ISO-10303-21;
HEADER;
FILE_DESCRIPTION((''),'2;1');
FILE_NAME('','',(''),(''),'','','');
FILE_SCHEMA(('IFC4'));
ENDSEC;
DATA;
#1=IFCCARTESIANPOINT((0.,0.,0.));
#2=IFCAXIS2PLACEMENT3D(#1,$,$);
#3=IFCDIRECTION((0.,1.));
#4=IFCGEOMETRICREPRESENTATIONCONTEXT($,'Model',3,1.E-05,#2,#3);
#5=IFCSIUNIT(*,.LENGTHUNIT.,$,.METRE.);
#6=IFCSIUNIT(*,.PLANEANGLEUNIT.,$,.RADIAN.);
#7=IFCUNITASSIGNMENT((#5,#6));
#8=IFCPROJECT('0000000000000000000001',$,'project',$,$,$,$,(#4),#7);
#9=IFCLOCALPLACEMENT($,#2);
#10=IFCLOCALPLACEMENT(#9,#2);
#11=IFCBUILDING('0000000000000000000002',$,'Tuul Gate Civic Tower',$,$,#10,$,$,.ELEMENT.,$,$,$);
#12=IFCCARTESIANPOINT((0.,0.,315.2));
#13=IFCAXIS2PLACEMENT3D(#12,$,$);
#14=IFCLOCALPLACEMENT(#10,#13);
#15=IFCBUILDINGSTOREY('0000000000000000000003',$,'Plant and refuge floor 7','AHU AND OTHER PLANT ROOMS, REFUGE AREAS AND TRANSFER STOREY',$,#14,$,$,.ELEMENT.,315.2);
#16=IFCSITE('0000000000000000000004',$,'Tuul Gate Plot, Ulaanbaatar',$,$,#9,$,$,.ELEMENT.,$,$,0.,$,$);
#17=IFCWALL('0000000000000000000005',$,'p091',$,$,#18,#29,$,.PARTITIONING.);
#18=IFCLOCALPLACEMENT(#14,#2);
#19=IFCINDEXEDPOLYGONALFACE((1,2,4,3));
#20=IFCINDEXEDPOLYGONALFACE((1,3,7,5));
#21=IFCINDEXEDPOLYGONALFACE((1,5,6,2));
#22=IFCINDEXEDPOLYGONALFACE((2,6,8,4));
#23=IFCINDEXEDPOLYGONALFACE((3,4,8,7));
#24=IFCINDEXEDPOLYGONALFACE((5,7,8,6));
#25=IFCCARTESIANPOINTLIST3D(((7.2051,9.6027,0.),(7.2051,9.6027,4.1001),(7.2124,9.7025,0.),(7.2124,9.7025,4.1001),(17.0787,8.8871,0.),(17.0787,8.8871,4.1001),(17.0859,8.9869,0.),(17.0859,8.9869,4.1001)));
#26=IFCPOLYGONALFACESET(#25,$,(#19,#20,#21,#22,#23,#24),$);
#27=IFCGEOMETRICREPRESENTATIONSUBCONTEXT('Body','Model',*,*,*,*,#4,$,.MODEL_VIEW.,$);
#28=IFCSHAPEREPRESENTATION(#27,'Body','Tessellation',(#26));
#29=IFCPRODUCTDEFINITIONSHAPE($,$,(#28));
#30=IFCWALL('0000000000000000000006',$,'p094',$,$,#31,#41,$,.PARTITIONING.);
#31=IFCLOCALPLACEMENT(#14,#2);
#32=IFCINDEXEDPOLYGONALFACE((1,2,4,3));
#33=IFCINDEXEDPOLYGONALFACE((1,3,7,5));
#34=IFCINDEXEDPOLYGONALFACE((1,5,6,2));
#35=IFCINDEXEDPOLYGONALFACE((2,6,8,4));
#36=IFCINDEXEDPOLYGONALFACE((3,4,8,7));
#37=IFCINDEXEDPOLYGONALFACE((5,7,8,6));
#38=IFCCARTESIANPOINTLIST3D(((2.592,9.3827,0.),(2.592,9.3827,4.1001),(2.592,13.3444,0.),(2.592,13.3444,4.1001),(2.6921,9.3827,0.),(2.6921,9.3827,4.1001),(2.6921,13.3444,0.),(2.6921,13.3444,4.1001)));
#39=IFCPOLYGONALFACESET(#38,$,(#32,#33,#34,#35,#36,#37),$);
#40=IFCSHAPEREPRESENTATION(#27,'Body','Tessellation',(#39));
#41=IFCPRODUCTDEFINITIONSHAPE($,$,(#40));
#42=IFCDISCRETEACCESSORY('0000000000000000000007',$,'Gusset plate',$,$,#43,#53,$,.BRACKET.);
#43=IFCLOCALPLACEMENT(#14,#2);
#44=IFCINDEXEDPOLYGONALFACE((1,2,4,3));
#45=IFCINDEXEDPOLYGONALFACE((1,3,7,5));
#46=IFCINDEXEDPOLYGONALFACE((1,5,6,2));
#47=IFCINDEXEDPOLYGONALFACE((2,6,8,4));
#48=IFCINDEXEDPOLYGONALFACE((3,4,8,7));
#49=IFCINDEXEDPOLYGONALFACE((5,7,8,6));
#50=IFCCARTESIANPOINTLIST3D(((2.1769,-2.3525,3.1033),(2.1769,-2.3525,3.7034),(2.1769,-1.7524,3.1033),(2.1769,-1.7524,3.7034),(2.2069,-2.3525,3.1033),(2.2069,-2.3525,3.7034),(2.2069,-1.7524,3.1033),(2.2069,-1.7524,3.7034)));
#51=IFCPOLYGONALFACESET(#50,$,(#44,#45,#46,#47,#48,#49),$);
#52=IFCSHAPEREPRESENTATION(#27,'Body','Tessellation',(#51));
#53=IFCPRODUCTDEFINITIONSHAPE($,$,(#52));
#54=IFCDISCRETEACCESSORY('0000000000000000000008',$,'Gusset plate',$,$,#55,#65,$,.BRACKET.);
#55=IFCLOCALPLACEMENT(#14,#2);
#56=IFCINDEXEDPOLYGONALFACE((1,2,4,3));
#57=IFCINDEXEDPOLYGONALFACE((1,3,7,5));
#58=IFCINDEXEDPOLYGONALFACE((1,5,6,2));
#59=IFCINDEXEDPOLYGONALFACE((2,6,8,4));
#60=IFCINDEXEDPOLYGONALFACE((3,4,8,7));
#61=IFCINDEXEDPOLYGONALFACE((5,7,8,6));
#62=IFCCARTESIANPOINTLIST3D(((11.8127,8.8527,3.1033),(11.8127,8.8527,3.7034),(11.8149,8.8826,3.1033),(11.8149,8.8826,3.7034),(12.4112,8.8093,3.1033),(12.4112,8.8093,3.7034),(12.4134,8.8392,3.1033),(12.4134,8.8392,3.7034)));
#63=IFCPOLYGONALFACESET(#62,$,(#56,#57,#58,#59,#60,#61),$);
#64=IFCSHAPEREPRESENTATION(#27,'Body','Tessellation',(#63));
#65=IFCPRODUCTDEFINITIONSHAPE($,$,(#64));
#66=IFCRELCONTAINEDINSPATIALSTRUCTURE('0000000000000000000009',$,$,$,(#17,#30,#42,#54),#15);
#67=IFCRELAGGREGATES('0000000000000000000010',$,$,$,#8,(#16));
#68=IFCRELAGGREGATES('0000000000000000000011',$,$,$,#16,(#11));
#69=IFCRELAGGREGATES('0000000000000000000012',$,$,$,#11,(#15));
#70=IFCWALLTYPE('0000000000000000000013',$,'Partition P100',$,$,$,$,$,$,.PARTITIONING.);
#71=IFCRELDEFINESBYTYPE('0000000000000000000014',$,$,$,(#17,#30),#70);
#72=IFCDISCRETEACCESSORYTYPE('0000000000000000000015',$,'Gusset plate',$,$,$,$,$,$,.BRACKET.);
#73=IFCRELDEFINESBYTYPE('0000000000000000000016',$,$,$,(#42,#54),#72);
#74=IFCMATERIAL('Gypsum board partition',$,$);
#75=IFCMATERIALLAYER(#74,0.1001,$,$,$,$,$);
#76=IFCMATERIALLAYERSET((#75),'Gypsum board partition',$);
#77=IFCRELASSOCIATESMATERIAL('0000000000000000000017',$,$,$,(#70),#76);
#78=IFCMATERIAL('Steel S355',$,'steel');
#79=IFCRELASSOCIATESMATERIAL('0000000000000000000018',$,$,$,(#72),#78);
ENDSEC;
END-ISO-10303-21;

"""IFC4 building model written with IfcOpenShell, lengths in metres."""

from ifc_helpers import new_model, si_unit, direction, frame, frame_2d, origin, origin_2d, place, context, subcontext, project, spatial, rectangle, extrude, material, layer, layer_set, type_object, element, save


model = new_model("IFC4")

# Units and contexts
model_context = context("Model", 3, precision=1e-05, world=origin(), true_north=direction((0.0, 1.0)))
body_context = subcontext(model_context, "Body", "Model", "MODEL_VIEW")
ifc_project = project(units=[si_unit("LENGTHUNIT", "METRE"), si_unit("PLANEANGLEUNIT", "RADIAN")], contexts=[model_context])

# Site, building, storey
site_placement = place(None, origin())
site = spatial("IfcSite", under=ifc_project, at=site_placement, Name="Tuul Gate Plot, Ulaanbaatar", CompositionType="ELEMENT", RefElevation=0.0)
building_placement = place(site_placement, origin())
building = spatial("IfcBuilding", under=site, at=building_placement, Name="Tuul Gate Civic Tower", CompositionType="ELEMENT")
storey_placement = place(building_placement, frame((0.0, 0.0, 315.2)))
storey = spatial("IfcBuildingStorey", under=building, at=storey_placement, Name="Plant and refuge floor 7", Description="AHU AND OTHER PLANT ROOMS, REFUGE AREAS AND TRANSFER STOREY", CompositionType="ELEMENT", Elevation=315.2)

# Walls
ifc_material_1 = material(Name="Gypsum board partition")
ifc_layer_1 = layer(ifc_material_1, 0.1001)
ifc_layer_set_1 = layer_set([ifc_layer_1], Name="Gypsum board partition")
wall_type_1 = type_object("IfcWallType", Name="Partition P100", PredefinedType="PARTITIONING", material=ifc_layer_set_1)
wall_1_placement = place(storey_placement, frame((17.0823, 8.937, 0.0), z_axis=(0.0, 0.0, 1.0), x_axis=(-0.997384, 0.072285, 0.0)))
element("IfcWall", 1, at=wall_1_placement, inside=storey, type_object=wall_type_1, Name="p091", PredefinedType="PARTITIONING", context=body_context, shape_type="SweptSolid", body=[
    extrude(rectangle(XDim=9.8994, YDim=0.1001, at=frame_2d((4.9497, 0.0))), origin(), (0.0, 0.0, 1.0), 4.1001),
])
wall_2_placement = place(storey_placement, frame((2.6421, 9.3826, 0.0), z_axis=(0.0, 0.0, 1.0), x_axis=(0.0, 1.0, 0.0)))
element("IfcWall", 2, at=wall_2_placement, inside=storey, type_object=wall_type_1, Name="p094", PredefinedType="PARTITIONING", context=body_context, shape_type="SweptSolid", body=[
    extrude(rectangle(XDim=3.9617, YDim=0.1001, at=frame_2d((1.981, 0.0))), origin(), (0.0, 0.0, 1.0), 4.1001),
])

# Discrete accessories
ifc_material_2 = material(Name="Steel S355", Category="steel")
discrete_accessory_type = type_object("IfcDiscreteAccessoryType", Name="Gusset plate", PredefinedType="BRACKET", material=ifc_material_2)
for number, where, z_axis, x_axis, name in (
    (3, (2.1919, -2.0525, 3.1033), (0.0, 0.0, 1.0), (0.0, 1.0, 0.0), "Gusset plate"),
    (4, (12.113, 8.8459, 3.1033), (0.0, 0.0, 1.0), (0.997383, -0.072299, 0.0), "Gusset plate"),
):
    element("IfcDiscreteAccessory", number, at=place(storey_placement, frame(where, z_axis=z_axis, x_axis=x_axis)), inside=storey, type_object=discrete_accessory_type, Name=name, PredefinedType="BRACKET", context=body_context, shape_type="SweptSolid", body=[
        extrude(rectangle(XDim=0.6001, YDim=0.03, at=origin_2d()), origin(), (0.0, 0.0, 1.0), 0.6001),
    ])

save(model, "model.ifc")
